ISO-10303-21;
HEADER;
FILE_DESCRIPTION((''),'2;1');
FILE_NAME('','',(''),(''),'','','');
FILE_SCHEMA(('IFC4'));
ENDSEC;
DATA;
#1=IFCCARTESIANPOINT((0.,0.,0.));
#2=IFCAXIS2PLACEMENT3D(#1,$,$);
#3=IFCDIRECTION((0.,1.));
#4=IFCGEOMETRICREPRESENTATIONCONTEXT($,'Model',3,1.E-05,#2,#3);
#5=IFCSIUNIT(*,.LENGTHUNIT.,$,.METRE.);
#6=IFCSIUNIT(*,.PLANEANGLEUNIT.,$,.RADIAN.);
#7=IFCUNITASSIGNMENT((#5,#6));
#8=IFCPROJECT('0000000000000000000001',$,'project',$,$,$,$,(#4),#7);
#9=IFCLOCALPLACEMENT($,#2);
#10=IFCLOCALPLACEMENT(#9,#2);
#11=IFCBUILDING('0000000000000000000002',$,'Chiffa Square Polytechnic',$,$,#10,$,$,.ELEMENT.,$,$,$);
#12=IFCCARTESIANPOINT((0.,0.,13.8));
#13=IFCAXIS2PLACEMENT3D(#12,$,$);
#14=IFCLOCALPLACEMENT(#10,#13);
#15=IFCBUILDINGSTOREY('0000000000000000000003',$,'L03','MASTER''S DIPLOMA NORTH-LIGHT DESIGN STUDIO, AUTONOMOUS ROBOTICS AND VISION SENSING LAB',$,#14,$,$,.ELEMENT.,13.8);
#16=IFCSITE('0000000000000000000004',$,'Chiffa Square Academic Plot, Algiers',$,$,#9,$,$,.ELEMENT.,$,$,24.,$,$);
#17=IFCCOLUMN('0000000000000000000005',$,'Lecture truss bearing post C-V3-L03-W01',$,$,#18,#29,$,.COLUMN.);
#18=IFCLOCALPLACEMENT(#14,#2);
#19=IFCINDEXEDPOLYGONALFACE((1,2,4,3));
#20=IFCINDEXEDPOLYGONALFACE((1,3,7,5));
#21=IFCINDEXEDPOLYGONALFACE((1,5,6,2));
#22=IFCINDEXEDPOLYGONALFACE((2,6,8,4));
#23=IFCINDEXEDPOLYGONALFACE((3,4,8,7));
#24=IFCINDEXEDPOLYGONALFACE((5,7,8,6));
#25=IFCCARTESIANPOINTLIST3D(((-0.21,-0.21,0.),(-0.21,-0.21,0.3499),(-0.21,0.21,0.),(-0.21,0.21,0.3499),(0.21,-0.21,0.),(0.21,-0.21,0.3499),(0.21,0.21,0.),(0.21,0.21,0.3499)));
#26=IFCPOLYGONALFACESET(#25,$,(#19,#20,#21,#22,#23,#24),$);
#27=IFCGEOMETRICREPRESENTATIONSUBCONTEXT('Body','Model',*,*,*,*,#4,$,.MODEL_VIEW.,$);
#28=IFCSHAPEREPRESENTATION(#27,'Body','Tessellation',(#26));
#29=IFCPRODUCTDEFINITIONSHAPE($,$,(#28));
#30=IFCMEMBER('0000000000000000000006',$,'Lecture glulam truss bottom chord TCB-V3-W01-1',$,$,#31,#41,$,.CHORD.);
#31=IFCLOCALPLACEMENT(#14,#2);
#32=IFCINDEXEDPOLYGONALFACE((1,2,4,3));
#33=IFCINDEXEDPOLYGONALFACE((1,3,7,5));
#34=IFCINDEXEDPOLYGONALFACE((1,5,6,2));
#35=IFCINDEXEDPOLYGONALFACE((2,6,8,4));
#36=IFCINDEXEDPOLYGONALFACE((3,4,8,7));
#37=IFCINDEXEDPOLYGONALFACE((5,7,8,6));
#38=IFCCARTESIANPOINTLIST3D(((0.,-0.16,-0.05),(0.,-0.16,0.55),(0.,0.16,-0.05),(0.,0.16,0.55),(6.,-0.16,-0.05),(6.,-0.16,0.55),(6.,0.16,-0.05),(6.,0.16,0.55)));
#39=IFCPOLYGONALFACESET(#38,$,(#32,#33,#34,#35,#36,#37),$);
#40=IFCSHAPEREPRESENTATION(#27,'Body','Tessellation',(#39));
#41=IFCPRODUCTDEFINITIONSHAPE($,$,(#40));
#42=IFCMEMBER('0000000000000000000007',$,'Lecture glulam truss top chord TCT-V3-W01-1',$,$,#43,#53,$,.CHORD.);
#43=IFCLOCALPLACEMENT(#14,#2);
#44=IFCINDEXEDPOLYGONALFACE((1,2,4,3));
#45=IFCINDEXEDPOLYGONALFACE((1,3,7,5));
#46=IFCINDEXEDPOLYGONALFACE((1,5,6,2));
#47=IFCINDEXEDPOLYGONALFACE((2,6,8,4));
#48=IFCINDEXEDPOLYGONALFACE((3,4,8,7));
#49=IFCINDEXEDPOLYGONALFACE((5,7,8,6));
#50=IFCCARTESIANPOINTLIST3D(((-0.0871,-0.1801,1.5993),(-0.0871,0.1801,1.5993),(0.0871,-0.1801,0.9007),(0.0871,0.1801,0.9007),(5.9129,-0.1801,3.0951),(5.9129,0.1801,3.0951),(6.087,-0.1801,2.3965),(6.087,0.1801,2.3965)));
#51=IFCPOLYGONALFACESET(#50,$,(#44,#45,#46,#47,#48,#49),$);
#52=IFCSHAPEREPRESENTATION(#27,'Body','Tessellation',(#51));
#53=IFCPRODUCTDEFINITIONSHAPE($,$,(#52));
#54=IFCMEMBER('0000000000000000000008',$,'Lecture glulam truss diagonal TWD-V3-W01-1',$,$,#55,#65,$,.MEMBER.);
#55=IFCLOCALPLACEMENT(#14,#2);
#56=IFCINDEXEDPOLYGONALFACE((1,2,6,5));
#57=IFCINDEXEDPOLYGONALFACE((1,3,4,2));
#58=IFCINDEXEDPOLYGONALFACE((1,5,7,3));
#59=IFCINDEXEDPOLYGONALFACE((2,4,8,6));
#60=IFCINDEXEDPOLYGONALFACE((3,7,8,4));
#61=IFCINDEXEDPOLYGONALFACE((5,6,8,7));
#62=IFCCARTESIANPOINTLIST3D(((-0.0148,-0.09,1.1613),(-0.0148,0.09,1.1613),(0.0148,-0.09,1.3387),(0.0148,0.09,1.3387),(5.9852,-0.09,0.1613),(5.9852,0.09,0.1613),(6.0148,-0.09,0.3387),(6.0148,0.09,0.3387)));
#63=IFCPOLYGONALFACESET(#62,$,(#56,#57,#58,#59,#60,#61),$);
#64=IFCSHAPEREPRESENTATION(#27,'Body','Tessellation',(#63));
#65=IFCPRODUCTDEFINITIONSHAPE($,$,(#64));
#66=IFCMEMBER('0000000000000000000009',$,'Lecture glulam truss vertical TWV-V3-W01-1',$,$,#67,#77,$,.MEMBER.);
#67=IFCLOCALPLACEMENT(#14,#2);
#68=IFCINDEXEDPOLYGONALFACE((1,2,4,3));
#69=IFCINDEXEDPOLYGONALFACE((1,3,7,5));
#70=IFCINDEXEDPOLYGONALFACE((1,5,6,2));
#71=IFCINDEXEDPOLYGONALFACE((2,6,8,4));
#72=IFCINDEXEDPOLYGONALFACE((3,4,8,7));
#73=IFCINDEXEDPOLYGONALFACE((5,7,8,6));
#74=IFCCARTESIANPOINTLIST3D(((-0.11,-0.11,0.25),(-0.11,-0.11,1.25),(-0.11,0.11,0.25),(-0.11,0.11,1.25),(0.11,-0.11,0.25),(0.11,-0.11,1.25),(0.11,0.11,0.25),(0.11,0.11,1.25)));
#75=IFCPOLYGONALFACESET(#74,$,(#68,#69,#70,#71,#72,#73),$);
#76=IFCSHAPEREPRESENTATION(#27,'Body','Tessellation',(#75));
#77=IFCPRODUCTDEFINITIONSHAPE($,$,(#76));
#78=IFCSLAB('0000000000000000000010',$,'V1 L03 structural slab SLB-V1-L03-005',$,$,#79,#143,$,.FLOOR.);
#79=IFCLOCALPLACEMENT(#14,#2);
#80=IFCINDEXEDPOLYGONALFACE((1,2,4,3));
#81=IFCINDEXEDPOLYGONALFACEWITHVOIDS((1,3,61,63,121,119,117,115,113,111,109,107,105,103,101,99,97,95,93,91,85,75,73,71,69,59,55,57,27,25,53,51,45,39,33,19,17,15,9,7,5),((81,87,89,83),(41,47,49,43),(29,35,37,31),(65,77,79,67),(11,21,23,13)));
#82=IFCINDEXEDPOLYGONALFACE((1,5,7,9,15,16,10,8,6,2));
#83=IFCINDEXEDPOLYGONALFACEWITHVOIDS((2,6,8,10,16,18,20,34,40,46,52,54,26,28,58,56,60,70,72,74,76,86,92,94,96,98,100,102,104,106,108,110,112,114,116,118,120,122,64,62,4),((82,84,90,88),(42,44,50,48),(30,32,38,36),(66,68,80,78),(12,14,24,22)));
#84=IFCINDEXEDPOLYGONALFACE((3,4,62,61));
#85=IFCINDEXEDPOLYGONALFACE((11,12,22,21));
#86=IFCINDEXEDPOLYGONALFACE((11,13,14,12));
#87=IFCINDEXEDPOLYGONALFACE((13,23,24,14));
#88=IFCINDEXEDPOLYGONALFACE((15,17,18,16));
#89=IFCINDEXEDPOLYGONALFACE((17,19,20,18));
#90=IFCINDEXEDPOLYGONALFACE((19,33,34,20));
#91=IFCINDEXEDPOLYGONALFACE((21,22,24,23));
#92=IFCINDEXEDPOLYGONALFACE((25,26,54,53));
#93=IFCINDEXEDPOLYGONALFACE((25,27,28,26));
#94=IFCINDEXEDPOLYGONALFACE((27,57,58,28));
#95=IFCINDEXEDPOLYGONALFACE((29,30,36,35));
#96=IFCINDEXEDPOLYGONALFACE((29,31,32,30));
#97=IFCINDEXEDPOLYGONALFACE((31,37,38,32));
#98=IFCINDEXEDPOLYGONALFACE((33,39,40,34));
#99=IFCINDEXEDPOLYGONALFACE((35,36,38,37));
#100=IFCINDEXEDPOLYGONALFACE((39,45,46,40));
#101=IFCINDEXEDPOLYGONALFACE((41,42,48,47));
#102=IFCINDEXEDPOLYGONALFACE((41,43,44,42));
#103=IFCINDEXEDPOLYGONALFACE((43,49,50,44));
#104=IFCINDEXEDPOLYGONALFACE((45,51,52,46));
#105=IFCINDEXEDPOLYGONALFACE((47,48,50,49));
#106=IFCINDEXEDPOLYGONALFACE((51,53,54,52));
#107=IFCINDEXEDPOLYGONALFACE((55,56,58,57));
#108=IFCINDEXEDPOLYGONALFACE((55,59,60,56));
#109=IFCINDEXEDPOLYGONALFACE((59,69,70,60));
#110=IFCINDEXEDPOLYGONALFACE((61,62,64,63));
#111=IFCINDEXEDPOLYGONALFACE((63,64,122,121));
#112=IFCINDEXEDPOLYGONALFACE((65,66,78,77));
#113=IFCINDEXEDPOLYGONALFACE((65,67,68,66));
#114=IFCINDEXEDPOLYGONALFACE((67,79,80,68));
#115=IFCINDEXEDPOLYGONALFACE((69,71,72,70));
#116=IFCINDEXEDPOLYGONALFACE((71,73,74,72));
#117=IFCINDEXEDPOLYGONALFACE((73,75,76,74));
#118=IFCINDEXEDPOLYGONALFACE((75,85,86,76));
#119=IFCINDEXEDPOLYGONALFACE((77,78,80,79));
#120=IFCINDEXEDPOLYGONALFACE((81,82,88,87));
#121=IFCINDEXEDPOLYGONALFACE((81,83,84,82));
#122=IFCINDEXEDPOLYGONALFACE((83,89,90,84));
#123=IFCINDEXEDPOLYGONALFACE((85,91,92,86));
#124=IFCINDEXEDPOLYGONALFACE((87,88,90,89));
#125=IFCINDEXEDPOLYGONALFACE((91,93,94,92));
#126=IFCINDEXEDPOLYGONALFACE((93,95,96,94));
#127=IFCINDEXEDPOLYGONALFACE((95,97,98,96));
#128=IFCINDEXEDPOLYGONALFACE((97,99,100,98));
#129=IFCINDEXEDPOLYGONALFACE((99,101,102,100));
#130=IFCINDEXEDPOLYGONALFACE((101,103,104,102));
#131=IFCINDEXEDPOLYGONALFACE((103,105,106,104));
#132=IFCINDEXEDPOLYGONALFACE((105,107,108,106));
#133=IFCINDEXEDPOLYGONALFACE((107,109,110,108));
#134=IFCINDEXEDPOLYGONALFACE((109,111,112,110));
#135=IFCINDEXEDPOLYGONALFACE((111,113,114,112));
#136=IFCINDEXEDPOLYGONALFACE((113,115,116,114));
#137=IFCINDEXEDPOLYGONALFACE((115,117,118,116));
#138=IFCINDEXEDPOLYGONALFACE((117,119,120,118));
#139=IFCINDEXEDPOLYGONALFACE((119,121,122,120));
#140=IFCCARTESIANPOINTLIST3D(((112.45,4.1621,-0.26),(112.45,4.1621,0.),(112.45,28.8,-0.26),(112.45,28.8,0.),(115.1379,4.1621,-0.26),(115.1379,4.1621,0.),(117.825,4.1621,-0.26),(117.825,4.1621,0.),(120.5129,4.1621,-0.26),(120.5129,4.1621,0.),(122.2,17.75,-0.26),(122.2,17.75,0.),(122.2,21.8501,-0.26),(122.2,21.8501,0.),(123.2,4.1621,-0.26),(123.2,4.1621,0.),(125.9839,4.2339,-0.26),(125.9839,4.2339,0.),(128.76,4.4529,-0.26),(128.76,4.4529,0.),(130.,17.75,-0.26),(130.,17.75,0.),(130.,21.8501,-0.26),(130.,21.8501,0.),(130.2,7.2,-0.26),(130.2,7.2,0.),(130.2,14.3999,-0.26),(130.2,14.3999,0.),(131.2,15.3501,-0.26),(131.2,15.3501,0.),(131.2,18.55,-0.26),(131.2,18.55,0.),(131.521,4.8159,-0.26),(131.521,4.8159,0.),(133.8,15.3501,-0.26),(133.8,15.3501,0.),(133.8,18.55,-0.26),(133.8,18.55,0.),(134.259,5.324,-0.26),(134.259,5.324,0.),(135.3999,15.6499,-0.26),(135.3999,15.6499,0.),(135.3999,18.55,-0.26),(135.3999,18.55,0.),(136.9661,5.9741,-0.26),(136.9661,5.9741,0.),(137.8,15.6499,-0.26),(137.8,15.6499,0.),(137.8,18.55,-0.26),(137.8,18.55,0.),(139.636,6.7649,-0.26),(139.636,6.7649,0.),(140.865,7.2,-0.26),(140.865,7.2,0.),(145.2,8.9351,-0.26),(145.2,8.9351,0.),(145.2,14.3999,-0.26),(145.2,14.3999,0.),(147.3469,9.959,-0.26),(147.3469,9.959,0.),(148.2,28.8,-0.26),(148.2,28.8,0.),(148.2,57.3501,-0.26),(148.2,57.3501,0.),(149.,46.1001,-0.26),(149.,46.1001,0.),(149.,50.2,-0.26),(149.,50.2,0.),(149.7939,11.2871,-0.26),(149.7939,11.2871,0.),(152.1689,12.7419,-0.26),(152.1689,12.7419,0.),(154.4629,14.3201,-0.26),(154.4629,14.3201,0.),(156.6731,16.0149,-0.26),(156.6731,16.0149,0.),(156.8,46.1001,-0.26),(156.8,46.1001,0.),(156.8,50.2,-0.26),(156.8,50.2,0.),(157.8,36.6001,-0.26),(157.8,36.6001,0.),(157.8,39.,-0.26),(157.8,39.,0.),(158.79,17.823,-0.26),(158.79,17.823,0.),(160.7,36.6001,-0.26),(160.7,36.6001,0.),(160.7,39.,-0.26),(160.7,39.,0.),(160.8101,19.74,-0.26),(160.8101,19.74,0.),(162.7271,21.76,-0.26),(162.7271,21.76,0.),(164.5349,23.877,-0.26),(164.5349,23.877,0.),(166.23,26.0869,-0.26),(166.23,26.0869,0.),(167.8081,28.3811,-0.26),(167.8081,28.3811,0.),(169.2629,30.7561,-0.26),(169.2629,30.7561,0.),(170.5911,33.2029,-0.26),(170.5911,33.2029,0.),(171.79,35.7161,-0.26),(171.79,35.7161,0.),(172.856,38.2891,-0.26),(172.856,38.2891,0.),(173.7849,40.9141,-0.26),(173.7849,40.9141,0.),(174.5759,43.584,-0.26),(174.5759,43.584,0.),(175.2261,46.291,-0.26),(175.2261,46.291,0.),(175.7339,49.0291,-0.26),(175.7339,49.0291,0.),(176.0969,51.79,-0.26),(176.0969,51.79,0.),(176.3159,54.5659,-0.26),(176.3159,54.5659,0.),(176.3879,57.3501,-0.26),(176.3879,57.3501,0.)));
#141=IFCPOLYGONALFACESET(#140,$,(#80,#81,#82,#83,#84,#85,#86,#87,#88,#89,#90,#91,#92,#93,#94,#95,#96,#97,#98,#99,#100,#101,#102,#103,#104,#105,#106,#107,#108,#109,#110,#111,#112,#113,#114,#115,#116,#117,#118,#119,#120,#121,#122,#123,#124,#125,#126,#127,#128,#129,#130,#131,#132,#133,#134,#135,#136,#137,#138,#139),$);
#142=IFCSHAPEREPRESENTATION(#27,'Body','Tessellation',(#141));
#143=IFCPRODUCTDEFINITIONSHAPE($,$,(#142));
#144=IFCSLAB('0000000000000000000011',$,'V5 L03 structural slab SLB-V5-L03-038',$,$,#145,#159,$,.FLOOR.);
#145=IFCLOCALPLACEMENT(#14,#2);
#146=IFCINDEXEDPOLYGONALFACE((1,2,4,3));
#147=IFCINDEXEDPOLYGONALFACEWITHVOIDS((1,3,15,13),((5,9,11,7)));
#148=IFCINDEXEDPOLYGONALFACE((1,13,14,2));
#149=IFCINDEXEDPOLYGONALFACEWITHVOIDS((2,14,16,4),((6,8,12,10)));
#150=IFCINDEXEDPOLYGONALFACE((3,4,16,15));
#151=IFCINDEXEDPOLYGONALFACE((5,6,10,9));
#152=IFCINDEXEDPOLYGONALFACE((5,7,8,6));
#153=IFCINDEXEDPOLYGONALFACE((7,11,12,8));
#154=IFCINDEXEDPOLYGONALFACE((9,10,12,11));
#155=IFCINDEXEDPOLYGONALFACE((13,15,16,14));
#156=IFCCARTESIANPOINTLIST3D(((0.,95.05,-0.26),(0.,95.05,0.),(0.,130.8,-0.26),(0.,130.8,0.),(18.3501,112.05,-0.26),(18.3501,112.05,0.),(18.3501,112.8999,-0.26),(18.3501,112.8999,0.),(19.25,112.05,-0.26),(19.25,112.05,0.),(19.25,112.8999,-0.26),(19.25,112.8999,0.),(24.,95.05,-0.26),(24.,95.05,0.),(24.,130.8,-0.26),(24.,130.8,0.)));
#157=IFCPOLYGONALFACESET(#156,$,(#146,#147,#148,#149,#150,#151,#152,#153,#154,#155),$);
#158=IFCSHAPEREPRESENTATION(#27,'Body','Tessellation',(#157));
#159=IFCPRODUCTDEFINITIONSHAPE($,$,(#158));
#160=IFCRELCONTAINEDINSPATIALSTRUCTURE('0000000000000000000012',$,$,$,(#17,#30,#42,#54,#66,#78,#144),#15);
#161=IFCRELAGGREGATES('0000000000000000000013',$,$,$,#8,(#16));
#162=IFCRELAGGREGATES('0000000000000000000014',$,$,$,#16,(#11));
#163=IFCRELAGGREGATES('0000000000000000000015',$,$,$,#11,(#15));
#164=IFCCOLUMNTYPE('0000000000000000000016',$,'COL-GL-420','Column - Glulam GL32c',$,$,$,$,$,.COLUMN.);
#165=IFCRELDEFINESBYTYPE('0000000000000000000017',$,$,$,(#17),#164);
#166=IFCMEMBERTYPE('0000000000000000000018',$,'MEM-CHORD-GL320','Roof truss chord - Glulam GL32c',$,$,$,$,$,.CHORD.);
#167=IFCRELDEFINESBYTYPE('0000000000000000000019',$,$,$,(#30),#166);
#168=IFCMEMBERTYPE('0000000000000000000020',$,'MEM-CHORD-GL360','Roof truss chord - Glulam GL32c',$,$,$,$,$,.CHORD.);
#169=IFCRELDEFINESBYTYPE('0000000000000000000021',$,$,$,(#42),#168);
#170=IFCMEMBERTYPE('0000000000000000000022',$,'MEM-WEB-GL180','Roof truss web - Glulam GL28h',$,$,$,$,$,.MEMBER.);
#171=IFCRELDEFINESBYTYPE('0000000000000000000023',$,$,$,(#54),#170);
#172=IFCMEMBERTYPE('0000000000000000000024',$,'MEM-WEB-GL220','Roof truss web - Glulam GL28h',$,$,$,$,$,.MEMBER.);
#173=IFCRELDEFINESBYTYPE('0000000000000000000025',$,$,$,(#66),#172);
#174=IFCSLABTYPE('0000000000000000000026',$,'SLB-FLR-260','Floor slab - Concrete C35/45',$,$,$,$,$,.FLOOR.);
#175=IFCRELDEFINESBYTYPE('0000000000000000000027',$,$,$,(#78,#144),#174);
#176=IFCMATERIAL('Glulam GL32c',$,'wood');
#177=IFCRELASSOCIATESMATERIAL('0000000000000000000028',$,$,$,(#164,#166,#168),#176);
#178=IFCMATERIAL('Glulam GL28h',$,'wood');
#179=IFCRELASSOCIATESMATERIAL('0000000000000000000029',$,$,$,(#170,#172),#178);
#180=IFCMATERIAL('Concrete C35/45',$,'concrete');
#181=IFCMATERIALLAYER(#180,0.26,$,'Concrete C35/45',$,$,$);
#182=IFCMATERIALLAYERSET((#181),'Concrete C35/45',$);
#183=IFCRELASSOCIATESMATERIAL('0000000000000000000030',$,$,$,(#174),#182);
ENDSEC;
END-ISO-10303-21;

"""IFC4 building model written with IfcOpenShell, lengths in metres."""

from ifc_helpers import new_model, si_unit, direction, frame, origin, origin_with_axes, origin_2d, place, context, subcontext, project, spatial, polyline, rectangle, outline, extrude, material, layer, layer_set, material_profile, profile_set, type_object, element, save


model = new_model("IFC4")

# Units and contexts
model_context = context("Model", 3, precision=1e-05, world=origin(), true_north=direction((0.0, 1.0)))
body_context = subcontext(model_context, "Body", "Model", "MODEL_VIEW")
ifc_project = project(units=[si_unit("LENGTHUNIT", "METRE"), si_unit("PLANEANGLEUNIT", "RADIAN")], contexts=[model_context])

# Site, building, storey
site_placement = place(None, origin())
site = spatial("IfcSite", under=ifc_project, at=site_placement, Name="Chiffa Square Academic Plot, Algiers", CompositionType="ELEMENT", RefElevation=24.0)
building_placement = place(site_placement, origin())
building = spatial("IfcBuilding", under=site, at=building_placement, Name="Chiffa Square Polytechnic", CompositionType="ELEMENT")
storey_placement = place(building_placement, frame((0.0, 0.0, 13.8)))
storey = spatial("IfcBuildingStorey", under=building, at=storey_placement, Name="L03", Description="MASTER'S DIPLOMA NORTH-LIGHT DESIGN STUDIO, AUTONOMOUS ROBOTICS AND VISION SENSING LAB", CompositionType="ELEMENT", Elevation=13.8)

# Column
ifc_material_1 = material(Name="Glulam GL32c", Category="wood")
ifc_material_profile_1 = material_profile(ifc_material_1, rectangle(XDim=0.4199, YDim=0.4199, at=origin_2d()), Name="GL32c 420x420")
ifc_profile_set_1 = profile_set([ifc_material_profile_1], Name="Glulam GL32c")
column_type = type_object("IfcColumnType", Name="COL-GL-420", Description="Column - Glulam GL32c", PredefinedType="COLUMN", material=ifc_profile_set_1)
column_placement = place(storey_placement, origin_with_axes())
element("IfcColumn", 1, at=column_placement, inside=storey, type_object=column_type, Name="Lecture truss bearing post C-V3-L03-W01", PredefinedType="COLUMN", context=body_context, shape_type="SweptSolid", body=[
    extrude(rectangle(XDim=0.4199, YDim=0.4199, at=origin_2d()), origin(), (0.0, 0.0, 1.0), 0.3499),
])

# Members
ifc_material_profile_2 = material_profile(ifc_material_1, rectangle(XDim=0.3201, YDim=0.6001, at=origin_2d()), Name="GL32c 320x600")
ifc_profile_set_2 = profile_set([ifc_material_profile_2], Name="Glulam GL32c")
member_type_1 = type_object("IfcMemberType", Name="MEM-CHORD-GL320", Description="Roof truss chord - Glulam GL32c", PredefinedType="CHORD", material=ifc_profile_set_2)
member_1_placement = place(storey_placement, frame((0.0, 0.0, 0.25), z_axis=(1.0, 0.0, 0.0), x_axis=(0.0, 1.0, 0.0)))
element("IfcMember", 2, at=member_1_placement, inside=storey, type_object=member_type_1, Name="Lecture glulam truss bottom chord TCB-V3-W01-1", PredefinedType="CHORD", context=body_context, shape_type="SweptSolid", body=[
    extrude(rectangle(XDim=0.3201, YDim=0.6001, at=origin_2d()), origin(), (0.0, 0.0, 1.0), 6.0),
])
ifc_material_profile_3 = material_profile(ifc_material_1, rectangle(XDim=0.3601, YDim=0.72, at=origin_2d()), Name="GL32c 360x720")
ifc_profile_set_3 = profile_set([ifc_material_profile_3], Name="Glulam GL32c")
member_type_2 = type_object("IfcMemberType", Name="MEM-CHORD-GL360", Description="Roof truss chord - Glulam GL32c", PredefinedType="CHORD", material=ifc_profile_set_3)
member_2_placement = place(storey_placement, frame((0.0, 0.0, 1.25), z_axis=(0.9703, 0.0, 0.241904), x_axis=(0.0, 1.0, 0.0)))
element("IfcMember", 3, at=member_2_placement, inside=storey, type_object=member_type_2, Name="Lecture glulam truss top chord TCT-V3-W01-1", PredefinedType="CHORD", context=body_context, shape_type="SweptSolid", body=[
    extrude(rectangle(XDim=0.3601, YDim=0.72, at=origin_2d()), origin(), (0.0, 0.0, 1.0), 6.1836),
])
ifc_material_2 = material(Name="Glulam GL28h", Category="wood")
ifc_material_profile_4 = material_profile(ifc_material_2, rectangle(XDim=0.1799, YDim=0.1799, at=origin_2d()), Name="GL28h 180x180")
ifc_profile_set_4 = profile_set([ifc_material_profile_4], Name="Glulam GL28h")
member_type_3 = type_object("IfcMemberType", Name="MEM-WEB-GL180", Description="Roof truss web - Glulam GL28h", PredefinedType="MEMBER", material=ifc_profile_set_4)
member_3_placement = place(storey_placement, frame((0.0, 0.0, 1.25), z_axis=(0.986394, 0.0, -0.164399), x_axis=(0.0, 1.0, 0.0)))
element("IfcMember", 4, at=member_3_placement, inside=storey, type_object=member_type_3, Name="Lecture glulam truss diagonal TWD-V3-W01-1", PredefinedType="MEMBER", context=body_context, shape_type="SweptSolid", body=[
    extrude(rectangle(XDim=0.1799, YDim=0.1799, at=origin_2d()), origin(), (0.0, 0.0, 1.0), 6.0828),
])
ifc_material_profile_5 = material_profile(ifc_material_2, rectangle(XDim=0.22, YDim=0.22, at=origin_2d()), Name="GL28h 220x220")
ifc_profile_set_5 = profile_set([ifc_material_profile_5], Name="Glulam GL28h")
member_type_4 = type_object("IfcMemberType", Name="MEM-WEB-GL220", Description="Roof truss web - Glulam GL28h", PredefinedType="MEMBER", material=ifc_profile_set_5)
member_4_placement = place(storey_placement, frame((0.0, 0.0, 0.25), z_axis=(0.0, 0.0, 1.0), x_axis=(1.0, 0.0, 0.0)))
element("IfcMember", 5, at=member_4_placement, inside=storey, type_object=member_type_4, Name="Lecture glulam truss vertical TWV-V3-W01-1", PredefinedType="MEMBER", context=body_context, shape_type="SweptSolid", body=[
    extrude(rectangle(XDim=0.22, YDim=0.22, at=origin_2d()), origin(), (0.0, 0.0, 1.0), 1.0),
])

# Slabs
ifc_material_3 = material(Name="Concrete C35/45", Category="concrete")
ifc_layer_1 = layer(ifc_material_3, 0.26, Name="Concrete C35/45")
ifc_layer_set_1 = layer_set([ifc_layer_1], Name="Concrete C35/45")
slab_type_1 = type_object("IfcSlabType", Name="SLB-FLR-260", Description="Floor slab - Concrete C35/45", PredefinedType="FLOOR", material=ifc_layer_set_1)
slab_1_placement = place(storey_placement, frame((0.0, 0.0, -0.26)))
element("IfcSlab", 6, at=slab_1_placement, inside=storey, type_object=slab_type_1, Name="V1 L03 structural slab SLB-V1-L03-005", PredefinedType="FLOOR", context=body_context, shape_type="SweptSolid", body=[
    extrude(outline(polyline([(148.2, 28.8), (148.2, 57.3501), (176.3879, 57.3501), (176.3159, 54.5659), (176.0969, 51.79), (175.7339, 49.0291), (175.2261, 46.291), (174.5759, 43.584), (173.7849, 40.9141), (172.856, 38.2891), (171.79, 35.7161), (170.5911, 33.2029), (169.2629, 30.7561), (167.8081, 28.3811), (166.23, 26.0869), (164.5349, 23.877), (162.7271, 21.76), (160.8101, 19.74), (158.79, 17.823), (156.6731, 16.0149), (154.4629, 14.3201), (152.1689, 12.7419), (149.7939, 11.2871), (147.3469, 9.959), (145.2, 8.9351), (145.2, 14.3999), (130.2, 14.3999), (130.2, 7.2), (140.865, 7.2), (139.636, 6.7649), (136.9661, 5.9741), (134.259, 5.324), (131.521, 4.8159), (128.76, 4.4529), (125.9839, 4.2339), (123.2, 4.1621), (120.5129, 4.1621), (117.825, 4.1621), (115.1379, 4.1621), (112.45, 4.1621), (112.45, 28.8), (148.2, 28.8)]), holes=[polyline([(122.2, 21.8501), (130.0, 21.8501), (130.0, 17.75), (122.2, 17.75), (122.2, 21.8501)]), polyline([(149.0, 50.2), (156.8, 50.2), (156.8, 46.1001), (149.0, 46.1001), (149.0, 50.2)]), polyline([(131.2, 18.55), (133.8, 18.55), (133.8, 15.3501), (131.2, 15.3501), (131.2, 18.55)]), polyline([(135.3999, 18.55), (137.8, 18.55), (137.8, 15.6499), (135.3999, 15.6499), (135.3999, 18.55)]), polyline([(157.8, 39.0), (160.7, 39.0), (160.7, 36.6001), (157.8, 36.6001), (157.8, 39.0)])]), origin(), (0.0, 0.0, 1.0), 0.26),
])
slab_2_placement = place(storey_placement, frame((0.0, 0.0, -0.26)))
element("IfcSlab", 7, at=slab_2_placement, inside=storey, type_object=slab_type_1, Name="V5 L03 structural slab SLB-V5-L03-038", PredefinedType="FLOOR", context=body_context, shape_type="SweptSolid", body=[
    extrude(outline(polyline([(0.0, 95.05), (0.0, 130.8), (24.0, 130.8), (24.0, 95.05), (0.0, 95.05)]), holes=[polyline([(18.3501, 112.8999), (19.25, 112.8999), (19.25, 112.05), (18.3501, 112.05), (18.3501, 112.8999)])]), origin(), (0.0, 0.0, 1.0), 0.26),
])

save(model, "model.ifc")
